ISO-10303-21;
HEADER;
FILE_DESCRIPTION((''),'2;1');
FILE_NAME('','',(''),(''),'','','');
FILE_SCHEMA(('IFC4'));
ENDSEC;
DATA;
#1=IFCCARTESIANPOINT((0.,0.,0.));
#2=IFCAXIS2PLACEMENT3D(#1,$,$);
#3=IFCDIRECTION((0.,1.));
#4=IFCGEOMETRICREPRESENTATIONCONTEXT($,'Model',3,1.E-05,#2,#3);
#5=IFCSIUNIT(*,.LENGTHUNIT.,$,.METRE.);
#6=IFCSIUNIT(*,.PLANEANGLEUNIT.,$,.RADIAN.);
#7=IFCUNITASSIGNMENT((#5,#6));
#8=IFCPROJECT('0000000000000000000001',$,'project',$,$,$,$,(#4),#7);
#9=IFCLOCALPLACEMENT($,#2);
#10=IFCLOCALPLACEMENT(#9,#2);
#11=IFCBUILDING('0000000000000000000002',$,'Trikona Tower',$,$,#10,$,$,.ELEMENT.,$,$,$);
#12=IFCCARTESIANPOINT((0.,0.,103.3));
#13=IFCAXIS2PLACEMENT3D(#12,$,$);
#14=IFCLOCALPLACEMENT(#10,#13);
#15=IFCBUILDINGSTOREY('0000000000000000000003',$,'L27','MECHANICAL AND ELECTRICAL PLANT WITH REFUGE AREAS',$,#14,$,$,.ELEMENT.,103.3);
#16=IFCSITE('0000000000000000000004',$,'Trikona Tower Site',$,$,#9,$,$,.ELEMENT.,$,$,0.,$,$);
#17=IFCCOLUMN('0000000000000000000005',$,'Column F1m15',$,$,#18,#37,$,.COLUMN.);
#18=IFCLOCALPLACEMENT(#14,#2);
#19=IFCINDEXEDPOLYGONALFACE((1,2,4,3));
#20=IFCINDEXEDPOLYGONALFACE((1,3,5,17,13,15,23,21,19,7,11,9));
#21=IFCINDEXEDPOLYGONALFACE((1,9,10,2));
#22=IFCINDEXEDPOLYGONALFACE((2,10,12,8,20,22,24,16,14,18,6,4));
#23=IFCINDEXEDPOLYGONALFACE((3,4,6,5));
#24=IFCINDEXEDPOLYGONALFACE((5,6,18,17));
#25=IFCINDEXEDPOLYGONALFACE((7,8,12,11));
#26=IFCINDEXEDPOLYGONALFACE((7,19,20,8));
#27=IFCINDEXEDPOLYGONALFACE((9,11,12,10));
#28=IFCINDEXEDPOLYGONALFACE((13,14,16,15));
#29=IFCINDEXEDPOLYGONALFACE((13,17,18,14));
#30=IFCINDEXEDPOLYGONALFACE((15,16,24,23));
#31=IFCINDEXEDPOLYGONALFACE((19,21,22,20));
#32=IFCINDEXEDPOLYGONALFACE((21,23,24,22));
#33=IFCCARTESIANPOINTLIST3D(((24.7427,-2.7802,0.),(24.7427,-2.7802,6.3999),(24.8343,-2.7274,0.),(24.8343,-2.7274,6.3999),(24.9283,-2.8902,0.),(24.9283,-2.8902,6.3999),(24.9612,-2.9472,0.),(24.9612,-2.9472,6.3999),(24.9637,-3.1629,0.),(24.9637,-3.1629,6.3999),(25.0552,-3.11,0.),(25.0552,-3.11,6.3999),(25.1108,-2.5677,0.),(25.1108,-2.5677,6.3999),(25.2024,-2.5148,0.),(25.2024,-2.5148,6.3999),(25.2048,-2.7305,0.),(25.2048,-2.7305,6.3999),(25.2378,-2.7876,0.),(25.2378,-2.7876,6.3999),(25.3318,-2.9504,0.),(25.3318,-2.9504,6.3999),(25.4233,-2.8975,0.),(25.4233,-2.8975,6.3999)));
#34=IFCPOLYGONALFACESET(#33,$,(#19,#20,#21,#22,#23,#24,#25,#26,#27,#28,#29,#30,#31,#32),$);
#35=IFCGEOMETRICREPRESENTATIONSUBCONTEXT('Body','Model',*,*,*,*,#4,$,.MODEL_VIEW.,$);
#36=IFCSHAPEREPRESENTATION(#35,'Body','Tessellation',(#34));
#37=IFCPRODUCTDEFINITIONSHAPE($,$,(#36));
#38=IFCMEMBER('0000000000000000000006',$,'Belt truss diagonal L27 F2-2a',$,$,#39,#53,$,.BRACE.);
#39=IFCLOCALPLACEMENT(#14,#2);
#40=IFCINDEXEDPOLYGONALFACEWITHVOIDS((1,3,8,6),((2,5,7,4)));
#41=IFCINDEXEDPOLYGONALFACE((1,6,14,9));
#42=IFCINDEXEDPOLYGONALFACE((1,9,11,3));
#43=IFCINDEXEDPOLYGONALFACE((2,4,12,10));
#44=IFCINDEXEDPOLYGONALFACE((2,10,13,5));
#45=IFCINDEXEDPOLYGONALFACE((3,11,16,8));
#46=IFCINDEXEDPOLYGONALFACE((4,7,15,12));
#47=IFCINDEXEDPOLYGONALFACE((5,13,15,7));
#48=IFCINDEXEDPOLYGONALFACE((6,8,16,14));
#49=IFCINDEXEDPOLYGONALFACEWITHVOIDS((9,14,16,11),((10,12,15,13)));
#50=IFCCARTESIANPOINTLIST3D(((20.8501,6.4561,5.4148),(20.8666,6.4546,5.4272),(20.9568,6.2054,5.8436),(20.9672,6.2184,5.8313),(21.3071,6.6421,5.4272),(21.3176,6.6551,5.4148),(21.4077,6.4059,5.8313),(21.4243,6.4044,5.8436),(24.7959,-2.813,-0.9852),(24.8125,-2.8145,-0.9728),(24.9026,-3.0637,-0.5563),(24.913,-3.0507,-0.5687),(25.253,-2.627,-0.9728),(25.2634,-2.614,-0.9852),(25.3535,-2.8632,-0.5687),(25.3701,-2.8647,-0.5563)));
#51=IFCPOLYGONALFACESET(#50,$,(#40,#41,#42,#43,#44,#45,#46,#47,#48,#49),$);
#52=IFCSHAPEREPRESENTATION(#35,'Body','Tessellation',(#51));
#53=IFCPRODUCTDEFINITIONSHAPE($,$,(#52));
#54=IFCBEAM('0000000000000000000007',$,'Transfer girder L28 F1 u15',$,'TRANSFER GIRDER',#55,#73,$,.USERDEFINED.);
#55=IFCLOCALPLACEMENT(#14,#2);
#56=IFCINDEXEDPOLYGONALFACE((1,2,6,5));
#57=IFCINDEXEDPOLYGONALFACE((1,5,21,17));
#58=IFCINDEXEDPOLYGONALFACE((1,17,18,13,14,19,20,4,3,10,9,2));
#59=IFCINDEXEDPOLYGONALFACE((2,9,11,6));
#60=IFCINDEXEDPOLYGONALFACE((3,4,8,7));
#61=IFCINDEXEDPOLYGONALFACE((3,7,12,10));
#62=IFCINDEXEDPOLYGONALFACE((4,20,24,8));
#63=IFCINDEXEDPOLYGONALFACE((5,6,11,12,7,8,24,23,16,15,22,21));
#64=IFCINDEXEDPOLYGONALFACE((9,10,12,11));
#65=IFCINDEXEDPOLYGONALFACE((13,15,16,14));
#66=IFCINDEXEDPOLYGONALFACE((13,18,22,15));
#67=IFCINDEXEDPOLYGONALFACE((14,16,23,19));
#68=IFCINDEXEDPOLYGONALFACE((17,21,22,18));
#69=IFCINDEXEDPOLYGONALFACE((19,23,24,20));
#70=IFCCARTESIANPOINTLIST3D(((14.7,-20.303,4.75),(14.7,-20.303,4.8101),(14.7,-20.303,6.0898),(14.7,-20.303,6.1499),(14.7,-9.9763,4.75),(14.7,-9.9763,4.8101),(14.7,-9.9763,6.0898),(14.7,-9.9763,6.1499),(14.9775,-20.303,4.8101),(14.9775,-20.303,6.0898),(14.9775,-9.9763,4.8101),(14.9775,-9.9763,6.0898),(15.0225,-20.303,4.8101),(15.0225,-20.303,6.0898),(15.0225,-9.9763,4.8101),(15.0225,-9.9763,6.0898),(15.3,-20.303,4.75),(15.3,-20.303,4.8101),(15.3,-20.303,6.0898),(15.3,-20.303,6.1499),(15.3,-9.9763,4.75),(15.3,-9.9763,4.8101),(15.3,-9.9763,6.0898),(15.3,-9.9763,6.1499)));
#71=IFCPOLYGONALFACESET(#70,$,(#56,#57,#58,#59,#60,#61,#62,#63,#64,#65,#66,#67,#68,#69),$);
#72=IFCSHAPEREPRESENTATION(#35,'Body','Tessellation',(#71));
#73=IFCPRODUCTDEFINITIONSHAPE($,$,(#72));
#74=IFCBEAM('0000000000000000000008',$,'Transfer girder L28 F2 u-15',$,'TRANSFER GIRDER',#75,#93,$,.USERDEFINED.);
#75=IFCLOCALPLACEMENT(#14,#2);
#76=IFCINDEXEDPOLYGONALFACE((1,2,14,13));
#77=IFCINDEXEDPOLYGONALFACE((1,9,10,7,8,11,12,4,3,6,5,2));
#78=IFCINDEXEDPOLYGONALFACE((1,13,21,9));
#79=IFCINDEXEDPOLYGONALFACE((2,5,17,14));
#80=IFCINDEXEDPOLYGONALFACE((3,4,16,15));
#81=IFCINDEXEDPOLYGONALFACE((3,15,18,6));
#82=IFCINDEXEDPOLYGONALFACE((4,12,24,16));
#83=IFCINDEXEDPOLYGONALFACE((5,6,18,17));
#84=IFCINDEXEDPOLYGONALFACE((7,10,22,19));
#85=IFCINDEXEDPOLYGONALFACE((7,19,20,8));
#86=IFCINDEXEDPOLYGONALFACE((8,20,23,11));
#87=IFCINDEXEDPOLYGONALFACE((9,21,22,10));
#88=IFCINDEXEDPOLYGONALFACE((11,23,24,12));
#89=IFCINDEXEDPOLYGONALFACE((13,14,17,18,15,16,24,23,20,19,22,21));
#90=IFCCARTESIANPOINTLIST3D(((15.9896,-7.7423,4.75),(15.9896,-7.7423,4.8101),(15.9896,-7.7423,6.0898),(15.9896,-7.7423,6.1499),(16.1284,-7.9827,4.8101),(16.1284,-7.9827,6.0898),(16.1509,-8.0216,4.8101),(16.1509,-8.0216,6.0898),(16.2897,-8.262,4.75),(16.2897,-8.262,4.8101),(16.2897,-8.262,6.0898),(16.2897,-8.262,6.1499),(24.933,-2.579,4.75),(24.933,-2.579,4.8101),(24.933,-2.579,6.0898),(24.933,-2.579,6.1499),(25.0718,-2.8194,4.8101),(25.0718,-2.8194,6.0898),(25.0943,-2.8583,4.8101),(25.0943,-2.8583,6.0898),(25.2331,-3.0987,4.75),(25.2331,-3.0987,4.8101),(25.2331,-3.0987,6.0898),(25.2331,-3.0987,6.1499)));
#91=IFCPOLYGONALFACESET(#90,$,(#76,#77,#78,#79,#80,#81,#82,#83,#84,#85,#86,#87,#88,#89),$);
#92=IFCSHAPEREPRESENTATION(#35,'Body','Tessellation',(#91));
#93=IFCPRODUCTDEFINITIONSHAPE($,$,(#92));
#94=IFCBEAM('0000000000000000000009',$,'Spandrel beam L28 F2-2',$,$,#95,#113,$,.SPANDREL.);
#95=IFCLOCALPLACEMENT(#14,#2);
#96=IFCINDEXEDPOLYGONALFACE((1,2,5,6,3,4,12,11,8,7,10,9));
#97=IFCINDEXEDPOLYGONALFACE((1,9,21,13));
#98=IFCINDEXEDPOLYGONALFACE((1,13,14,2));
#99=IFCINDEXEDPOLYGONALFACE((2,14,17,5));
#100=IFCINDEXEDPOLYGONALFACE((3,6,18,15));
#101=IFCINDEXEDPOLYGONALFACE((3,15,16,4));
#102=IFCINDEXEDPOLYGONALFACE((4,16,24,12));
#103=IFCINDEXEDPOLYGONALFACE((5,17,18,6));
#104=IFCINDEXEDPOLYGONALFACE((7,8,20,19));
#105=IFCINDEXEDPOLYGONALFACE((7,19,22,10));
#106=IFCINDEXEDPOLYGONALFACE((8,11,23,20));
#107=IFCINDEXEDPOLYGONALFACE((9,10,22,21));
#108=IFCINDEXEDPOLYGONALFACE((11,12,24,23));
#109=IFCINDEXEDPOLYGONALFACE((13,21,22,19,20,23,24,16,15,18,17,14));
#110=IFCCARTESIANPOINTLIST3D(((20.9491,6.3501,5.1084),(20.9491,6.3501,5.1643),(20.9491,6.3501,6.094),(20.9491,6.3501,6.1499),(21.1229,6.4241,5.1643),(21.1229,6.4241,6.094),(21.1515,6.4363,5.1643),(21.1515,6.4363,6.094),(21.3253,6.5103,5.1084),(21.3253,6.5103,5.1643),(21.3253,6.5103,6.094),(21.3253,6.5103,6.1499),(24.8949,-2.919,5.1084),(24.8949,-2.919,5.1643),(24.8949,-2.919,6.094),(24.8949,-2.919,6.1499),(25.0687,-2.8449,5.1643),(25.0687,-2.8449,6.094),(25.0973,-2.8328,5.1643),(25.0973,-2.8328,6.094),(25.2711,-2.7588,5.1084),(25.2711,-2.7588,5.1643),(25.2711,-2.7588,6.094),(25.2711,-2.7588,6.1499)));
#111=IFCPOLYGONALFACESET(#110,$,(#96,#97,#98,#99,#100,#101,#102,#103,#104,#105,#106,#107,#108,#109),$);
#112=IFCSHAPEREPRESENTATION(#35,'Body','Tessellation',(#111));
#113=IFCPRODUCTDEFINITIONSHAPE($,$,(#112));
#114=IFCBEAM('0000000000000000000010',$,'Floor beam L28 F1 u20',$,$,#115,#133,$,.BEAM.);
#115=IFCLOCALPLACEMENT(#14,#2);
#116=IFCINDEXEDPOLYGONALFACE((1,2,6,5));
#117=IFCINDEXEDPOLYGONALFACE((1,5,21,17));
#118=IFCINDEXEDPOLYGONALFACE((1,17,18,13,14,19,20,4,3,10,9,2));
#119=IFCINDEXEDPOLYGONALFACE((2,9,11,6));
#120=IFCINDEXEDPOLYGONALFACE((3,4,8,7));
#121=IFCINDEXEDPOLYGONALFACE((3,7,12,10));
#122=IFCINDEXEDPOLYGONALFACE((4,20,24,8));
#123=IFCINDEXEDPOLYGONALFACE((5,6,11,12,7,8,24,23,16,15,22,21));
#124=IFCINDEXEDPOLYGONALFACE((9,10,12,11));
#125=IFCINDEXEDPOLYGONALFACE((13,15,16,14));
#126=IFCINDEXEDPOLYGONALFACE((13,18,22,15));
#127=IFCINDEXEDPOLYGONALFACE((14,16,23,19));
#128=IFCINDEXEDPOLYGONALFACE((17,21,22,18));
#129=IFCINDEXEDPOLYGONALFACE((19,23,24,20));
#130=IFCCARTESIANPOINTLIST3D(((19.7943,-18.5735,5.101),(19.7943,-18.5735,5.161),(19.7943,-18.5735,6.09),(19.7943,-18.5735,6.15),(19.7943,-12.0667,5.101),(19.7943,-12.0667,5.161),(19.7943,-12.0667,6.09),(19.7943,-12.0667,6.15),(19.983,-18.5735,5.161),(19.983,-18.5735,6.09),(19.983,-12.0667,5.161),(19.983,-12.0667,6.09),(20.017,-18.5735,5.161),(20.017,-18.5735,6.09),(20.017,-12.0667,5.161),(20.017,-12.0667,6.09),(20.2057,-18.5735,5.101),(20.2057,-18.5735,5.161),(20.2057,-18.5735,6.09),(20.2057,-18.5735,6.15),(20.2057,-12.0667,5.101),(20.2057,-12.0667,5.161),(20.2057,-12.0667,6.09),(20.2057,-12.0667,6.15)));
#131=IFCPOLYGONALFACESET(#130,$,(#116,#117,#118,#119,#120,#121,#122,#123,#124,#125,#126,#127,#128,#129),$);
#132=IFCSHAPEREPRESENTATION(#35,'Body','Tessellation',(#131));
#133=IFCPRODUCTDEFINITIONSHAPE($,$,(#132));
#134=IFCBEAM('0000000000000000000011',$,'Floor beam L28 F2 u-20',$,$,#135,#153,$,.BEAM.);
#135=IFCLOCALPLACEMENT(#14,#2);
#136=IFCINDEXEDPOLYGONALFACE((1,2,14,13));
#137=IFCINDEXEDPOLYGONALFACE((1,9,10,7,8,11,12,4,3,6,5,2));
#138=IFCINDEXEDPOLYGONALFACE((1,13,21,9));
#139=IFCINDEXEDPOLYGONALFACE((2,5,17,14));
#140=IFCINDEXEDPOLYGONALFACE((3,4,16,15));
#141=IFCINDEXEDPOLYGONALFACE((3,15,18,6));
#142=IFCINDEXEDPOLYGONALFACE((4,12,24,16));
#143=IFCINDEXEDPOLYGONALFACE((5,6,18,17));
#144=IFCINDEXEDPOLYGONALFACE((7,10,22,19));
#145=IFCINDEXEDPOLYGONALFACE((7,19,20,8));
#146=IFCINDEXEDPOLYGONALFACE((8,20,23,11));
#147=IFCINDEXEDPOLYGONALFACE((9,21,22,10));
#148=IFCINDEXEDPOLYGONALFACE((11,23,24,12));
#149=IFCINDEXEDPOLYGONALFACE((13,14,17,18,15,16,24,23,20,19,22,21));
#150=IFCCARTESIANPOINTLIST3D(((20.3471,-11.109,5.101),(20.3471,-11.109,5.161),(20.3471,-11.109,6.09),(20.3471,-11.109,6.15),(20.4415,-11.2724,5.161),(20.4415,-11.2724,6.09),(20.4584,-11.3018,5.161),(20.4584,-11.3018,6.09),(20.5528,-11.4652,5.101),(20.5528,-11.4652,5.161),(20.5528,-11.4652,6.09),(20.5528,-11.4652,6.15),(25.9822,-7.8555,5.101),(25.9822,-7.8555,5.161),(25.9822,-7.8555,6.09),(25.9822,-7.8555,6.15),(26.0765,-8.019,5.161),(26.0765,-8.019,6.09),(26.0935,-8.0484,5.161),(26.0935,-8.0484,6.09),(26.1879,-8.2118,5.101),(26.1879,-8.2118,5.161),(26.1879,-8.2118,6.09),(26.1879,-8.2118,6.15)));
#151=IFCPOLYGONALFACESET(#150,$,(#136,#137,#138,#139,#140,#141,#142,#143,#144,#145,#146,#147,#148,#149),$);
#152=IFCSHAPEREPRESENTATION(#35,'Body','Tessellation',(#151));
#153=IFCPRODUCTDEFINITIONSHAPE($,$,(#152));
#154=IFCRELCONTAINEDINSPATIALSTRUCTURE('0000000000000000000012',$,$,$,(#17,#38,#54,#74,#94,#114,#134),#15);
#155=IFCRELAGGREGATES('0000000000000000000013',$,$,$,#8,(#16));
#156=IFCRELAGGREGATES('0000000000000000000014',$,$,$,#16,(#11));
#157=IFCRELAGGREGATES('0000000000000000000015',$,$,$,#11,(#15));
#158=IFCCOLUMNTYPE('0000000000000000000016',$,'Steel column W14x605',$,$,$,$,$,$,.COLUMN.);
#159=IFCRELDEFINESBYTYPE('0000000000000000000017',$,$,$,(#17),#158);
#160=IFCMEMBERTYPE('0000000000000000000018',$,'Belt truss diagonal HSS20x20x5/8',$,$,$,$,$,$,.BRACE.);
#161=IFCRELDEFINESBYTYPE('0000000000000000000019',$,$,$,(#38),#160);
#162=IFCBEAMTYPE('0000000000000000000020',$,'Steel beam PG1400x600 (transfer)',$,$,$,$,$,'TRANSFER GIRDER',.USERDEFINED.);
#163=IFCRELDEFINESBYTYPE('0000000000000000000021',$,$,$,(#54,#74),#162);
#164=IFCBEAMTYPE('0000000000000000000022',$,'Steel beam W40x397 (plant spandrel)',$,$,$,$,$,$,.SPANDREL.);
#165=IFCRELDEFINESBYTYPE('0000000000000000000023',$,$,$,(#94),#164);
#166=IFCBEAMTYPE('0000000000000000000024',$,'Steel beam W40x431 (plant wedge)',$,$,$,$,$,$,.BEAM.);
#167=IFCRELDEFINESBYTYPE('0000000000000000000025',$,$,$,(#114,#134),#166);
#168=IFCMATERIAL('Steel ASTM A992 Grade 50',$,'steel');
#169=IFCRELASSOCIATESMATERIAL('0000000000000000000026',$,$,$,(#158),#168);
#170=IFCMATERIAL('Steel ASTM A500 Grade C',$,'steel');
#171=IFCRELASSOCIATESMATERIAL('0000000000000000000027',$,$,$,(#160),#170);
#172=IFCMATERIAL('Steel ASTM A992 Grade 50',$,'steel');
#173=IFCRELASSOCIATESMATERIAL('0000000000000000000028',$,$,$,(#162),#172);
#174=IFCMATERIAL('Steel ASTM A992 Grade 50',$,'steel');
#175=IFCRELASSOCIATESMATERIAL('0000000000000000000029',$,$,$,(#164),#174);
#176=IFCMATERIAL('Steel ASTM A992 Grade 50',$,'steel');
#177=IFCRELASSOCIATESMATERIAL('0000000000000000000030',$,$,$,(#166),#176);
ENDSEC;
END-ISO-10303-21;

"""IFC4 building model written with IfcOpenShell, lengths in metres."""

from ifc_helpers import new_model, si_unit, direction, frame, origin, origin_2d, place, context, subcontext, project, spatial, hollow_rectangle, i_section, extrude, material, material_profile, profile_set, type_object, element, save


model = new_model("IFC4")

# Units and contexts
model_context = context("Model", 3, precision=1e-05, world=origin(), true_north=direction((0.0, 1.0)))
body_context = subcontext(model_context, "Body", "Model", "MODEL_VIEW")
ifc_project = project(units=[si_unit("LENGTHUNIT", "METRE"), si_unit("PLANEANGLEUNIT", "RADIAN")], contexts=[model_context])

# Site, building, storey
site_placement = place(None, origin())
site = spatial("IfcSite", under=ifc_project, at=site_placement, Name="Trikona Tower Site", CompositionType="ELEMENT", RefElevation=0.0)
building_placement = place(site_placement, origin())
building = spatial("IfcBuilding", under=site, at=building_placement, Name="Trikona Tower", CompositionType="ELEMENT")
storey_placement = place(building_placement, frame((0.0, 0.0, 103.3)))
storey = spatial("IfcBuildingStorey", under=building, at=storey_placement, Name="L27", Description="MECHANICAL AND ELECTRICAL PLANT WITH REFUGE AREAS", CompositionType="ELEMENT", Elevation=103.3)

# Column
ifc_material_1 = material(Name="Steel ASTM A992 Grade 50", Category="steel")
ifc_material_profile_1 = material_profile(ifc_material_1, i_section(OverallWidth=0.4419, OverallDepth=0.5308, WebThickness=0.0659, FlangeThickness=0.1057, at=origin_2d()), Name="W14X605")
ifc_profile_set_1 = profile_set([ifc_material_profile_1], Name="Steel ASTM A992 Grade 50")
column_type = type_object("IfcColumnType", Name="Steel column W14x605", PredefinedType="COLUMN", material=ifc_profile_set_1)
column_placement = place(storey_placement, frame((25.083, -2.8389, 0.0), z_axis=(0.0, 0.0, 1.0), x_axis=(-0.5, 0.866025, 0.0)))
element("IfcColumn", 1, at=column_placement, inside=storey, type_object=column_type, Name="Column F1m15", PredefinedType="COLUMN", context=body_context, shape_type="SweptSolid", body=[
    extrude(i_section(OverallWidth=0.4419, OverallDepth=0.5308, WebThickness=0.0659, FlangeThickness=0.1057, at=origin_2d()), origin(), (0.0, 0.0, 1.0), 6.3999),
])

# Member
ifc_material_2 = material(Name="Steel ASTM A500 Grade C", Category="steel")
ifc_material_profile_2 = material_profile(ifc_material_2, hollow_rectangle(XDim=0.5081, YDim=0.5081, WallThickness=0.0146, at=origin_2d()), Name="HSS20X20X5/8")
ifc_profile_set_2 = profile_set([ifc_material_profile_2], Name="Steel ASTM A500 Grade C")
member_type = type_object("IfcMemberType", Name="Belt truss diagonal HSS20x20x5/8", PredefinedType="BRACE", material=ifc_profile_set_2)
member_placement = place(storey_placement, frame((25.083, -2.8389, -0.7708), z_axis=(-0.330609, 0.77663, 0.536232), x_axis=(-0.9201, -0.391684, 0.0)))
element("IfcMember", 2, at=member_placement, inside=storey, type_object=member_type, Name="Belt truss diagonal L27 F2-2a", PredefinedType="BRACE", context=body_context, shape_type="SweptSolid", body=[
    extrude(hollow_rectangle(XDim=0.5081, YDim=0.5081, WallThickness=0.0146, at=origin_2d()), origin(), (0.0, 0.0, 1.0), 11.9351),
])

# Beams
ifc_material_3 = material(Name="Steel ASTM A992 Grade 50", Category="steel")
ifc_material_profile_3 = material_profile(ifc_material_3, i_section(OverallWidth=0.6001, OverallDepth=1.3999, WebThickness=0.0449, FlangeThickness=0.0601, at=origin_2d()), Name="PG1400X600")
ifc_profile_set_3 = profile_set([ifc_material_profile_3], Name="Steel ASTM A992 Grade 50")
beam_type_1 = type_object("IfcBeamType", Name="Steel beam PG1400x600 (transfer)", ElementType="TRANSFER GIRDER", PredefinedType="USERDEFINED", material=ifc_profile_set_3)
beam_1_placement = place(storey_placement, frame((15.0, -9.9763, 5.45), z_axis=(0.0, -1.0, 0.0), x_axis=(1.0, 0.0, 0.0)))
element("IfcBeam", 3, at=beam_1_placement, inside=storey, type_object=beam_type_1, Name="Transfer girder L28 F1 u15", ObjectType="TRANSFER GIRDER", PredefinedType="USERDEFINED", context=body_context, shape_type="SweptSolid", body=[
    extrude(i_section(OverallWidth=0.6001, OverallDepth=1.3999, WebThickness=0.0449, FlangeThickness=0.0601, at=origin_2d()), origin(), (0.0, 0.0, 1.0), 10.3267),
])
beam_2_placement = place(storey_placement, frame((16.1396, -8.0022, 5.45), z_axis=(0.86603, 0.499991, 0.0), x_axis=(-0.499991, 0.86603, 0.0)))
element("IfcBeam", 4, at=beam_2_placement, inside=storey, type_object=beam_type_1, Name="Transfer girder L28 F2 u-15", ObjectType="TRANSFER GIRDER", PredefinedType="USERDEFINED", context=body_context, shape_type="SweptSolid", body=[
    extrude(i_section(OverallWidth=0.6001, OverallDepth=1.3999, WebThickness=0.0449, FlangeThickness=0.0601, at=origin_2d()), origin(), (0.0, 0.0, 1.0), 10.3269),
])
ifc_material_4 = material(Name="Steel ASTM A992 Grade 50", Category="steel")
ifc_material_profile_4 = material_profile(ifc_material_4, i_section(OverallWidth=0.4089, OverallDepth=1.0415, WebThickness=0.031, FlangeThickness=0.0559, at=origin_2d()), Name="W40X397")
ifc_profile_set_4 = profile_set([ifc_material_profile_4], Name="Steel ASTM A992 Grade 50")
beam_type_2 = type_object("IfcBeamType", Name="Steel beam W40x397 (plant spandrel)", PredefinedType="SPANDREL", material=ifc_profile_set_4)
beam_3_placement = place(storey_placement, frame((25.083, -2.8389, 5.6292), z_axis=(-0.391684, 0.9201, 0.0), x_axis=(-0.9201, -0.391684, 0.0)))
element("IfcBeam", 5, at=beam_3_placement, inside=storey, type_object=beam_type_2, Name="Spandrel beam L28 F2-2", PredefinedType="SPANDREL", context=body_context, shape_type="SweptSolid", body=[
    extrude(i_section(OverallWidth=0.4089, OverallDepth=1.0415, WebThickness=0.031, FlangeThickness=0.0559, at=origin_2d()), origin(), (0.0, 0.0, 1.0), 10.074),
])
ifc_material_5 = material(Name="Steel ASTM A992 Grade 50", Category="steel")
ifc_material_profile_5 = material_profile(ifc_material_5, i_section(OverallWidth=0.4114, OverallDepth=1.0491, WebThickness=0.0339, FlangeThickness=0.0601, at=origin_2d()), Name="W40X431")
ifc_profile_set_5 = profile_set([ifc_material_profile_5], Name="Steel ASTM A992 Grade 50")
beam_type_3 = type_object("IfcBeamType", Name="Steel beam W40x431 (plant wedge)", PredefinedType="BEAM", material=ifc_profile_set_5)
for number, where, z_axis, x_axis, name in (
    (6, (20.0, -12.0667, 5.6255), (0.0, -1.0, 0.0), (1.0, 0.0, 0.0), "Floor beam L28 F1 u20"),
    (7, (20.45, -11.2871, 5.6255), (0.866023, 0.500005, 0.0), (-0.500005, 0.866023, 0.0), "Floor beam L28 F2 u-20"),
):
    element("IfcBeam", number, at=place(storey_placement, frame(where, z_axis=z_axis, x_axis=x_axis)), inside=storey, type_object=beam_type_3, Name=name, PredefinedType="BEAM", context=body_context, shape_type="SweptSolid", body=[
        extrude(i_section(OverallWidth=0.4114, OverallDepth=1.0491, WebThickness=0.0339, FlangeThickness=0.0601, at=origin_2d()), origin(), (0.0, 0.0, 1.0), 6.5068),
    ])

save(model, "model.ifc")
